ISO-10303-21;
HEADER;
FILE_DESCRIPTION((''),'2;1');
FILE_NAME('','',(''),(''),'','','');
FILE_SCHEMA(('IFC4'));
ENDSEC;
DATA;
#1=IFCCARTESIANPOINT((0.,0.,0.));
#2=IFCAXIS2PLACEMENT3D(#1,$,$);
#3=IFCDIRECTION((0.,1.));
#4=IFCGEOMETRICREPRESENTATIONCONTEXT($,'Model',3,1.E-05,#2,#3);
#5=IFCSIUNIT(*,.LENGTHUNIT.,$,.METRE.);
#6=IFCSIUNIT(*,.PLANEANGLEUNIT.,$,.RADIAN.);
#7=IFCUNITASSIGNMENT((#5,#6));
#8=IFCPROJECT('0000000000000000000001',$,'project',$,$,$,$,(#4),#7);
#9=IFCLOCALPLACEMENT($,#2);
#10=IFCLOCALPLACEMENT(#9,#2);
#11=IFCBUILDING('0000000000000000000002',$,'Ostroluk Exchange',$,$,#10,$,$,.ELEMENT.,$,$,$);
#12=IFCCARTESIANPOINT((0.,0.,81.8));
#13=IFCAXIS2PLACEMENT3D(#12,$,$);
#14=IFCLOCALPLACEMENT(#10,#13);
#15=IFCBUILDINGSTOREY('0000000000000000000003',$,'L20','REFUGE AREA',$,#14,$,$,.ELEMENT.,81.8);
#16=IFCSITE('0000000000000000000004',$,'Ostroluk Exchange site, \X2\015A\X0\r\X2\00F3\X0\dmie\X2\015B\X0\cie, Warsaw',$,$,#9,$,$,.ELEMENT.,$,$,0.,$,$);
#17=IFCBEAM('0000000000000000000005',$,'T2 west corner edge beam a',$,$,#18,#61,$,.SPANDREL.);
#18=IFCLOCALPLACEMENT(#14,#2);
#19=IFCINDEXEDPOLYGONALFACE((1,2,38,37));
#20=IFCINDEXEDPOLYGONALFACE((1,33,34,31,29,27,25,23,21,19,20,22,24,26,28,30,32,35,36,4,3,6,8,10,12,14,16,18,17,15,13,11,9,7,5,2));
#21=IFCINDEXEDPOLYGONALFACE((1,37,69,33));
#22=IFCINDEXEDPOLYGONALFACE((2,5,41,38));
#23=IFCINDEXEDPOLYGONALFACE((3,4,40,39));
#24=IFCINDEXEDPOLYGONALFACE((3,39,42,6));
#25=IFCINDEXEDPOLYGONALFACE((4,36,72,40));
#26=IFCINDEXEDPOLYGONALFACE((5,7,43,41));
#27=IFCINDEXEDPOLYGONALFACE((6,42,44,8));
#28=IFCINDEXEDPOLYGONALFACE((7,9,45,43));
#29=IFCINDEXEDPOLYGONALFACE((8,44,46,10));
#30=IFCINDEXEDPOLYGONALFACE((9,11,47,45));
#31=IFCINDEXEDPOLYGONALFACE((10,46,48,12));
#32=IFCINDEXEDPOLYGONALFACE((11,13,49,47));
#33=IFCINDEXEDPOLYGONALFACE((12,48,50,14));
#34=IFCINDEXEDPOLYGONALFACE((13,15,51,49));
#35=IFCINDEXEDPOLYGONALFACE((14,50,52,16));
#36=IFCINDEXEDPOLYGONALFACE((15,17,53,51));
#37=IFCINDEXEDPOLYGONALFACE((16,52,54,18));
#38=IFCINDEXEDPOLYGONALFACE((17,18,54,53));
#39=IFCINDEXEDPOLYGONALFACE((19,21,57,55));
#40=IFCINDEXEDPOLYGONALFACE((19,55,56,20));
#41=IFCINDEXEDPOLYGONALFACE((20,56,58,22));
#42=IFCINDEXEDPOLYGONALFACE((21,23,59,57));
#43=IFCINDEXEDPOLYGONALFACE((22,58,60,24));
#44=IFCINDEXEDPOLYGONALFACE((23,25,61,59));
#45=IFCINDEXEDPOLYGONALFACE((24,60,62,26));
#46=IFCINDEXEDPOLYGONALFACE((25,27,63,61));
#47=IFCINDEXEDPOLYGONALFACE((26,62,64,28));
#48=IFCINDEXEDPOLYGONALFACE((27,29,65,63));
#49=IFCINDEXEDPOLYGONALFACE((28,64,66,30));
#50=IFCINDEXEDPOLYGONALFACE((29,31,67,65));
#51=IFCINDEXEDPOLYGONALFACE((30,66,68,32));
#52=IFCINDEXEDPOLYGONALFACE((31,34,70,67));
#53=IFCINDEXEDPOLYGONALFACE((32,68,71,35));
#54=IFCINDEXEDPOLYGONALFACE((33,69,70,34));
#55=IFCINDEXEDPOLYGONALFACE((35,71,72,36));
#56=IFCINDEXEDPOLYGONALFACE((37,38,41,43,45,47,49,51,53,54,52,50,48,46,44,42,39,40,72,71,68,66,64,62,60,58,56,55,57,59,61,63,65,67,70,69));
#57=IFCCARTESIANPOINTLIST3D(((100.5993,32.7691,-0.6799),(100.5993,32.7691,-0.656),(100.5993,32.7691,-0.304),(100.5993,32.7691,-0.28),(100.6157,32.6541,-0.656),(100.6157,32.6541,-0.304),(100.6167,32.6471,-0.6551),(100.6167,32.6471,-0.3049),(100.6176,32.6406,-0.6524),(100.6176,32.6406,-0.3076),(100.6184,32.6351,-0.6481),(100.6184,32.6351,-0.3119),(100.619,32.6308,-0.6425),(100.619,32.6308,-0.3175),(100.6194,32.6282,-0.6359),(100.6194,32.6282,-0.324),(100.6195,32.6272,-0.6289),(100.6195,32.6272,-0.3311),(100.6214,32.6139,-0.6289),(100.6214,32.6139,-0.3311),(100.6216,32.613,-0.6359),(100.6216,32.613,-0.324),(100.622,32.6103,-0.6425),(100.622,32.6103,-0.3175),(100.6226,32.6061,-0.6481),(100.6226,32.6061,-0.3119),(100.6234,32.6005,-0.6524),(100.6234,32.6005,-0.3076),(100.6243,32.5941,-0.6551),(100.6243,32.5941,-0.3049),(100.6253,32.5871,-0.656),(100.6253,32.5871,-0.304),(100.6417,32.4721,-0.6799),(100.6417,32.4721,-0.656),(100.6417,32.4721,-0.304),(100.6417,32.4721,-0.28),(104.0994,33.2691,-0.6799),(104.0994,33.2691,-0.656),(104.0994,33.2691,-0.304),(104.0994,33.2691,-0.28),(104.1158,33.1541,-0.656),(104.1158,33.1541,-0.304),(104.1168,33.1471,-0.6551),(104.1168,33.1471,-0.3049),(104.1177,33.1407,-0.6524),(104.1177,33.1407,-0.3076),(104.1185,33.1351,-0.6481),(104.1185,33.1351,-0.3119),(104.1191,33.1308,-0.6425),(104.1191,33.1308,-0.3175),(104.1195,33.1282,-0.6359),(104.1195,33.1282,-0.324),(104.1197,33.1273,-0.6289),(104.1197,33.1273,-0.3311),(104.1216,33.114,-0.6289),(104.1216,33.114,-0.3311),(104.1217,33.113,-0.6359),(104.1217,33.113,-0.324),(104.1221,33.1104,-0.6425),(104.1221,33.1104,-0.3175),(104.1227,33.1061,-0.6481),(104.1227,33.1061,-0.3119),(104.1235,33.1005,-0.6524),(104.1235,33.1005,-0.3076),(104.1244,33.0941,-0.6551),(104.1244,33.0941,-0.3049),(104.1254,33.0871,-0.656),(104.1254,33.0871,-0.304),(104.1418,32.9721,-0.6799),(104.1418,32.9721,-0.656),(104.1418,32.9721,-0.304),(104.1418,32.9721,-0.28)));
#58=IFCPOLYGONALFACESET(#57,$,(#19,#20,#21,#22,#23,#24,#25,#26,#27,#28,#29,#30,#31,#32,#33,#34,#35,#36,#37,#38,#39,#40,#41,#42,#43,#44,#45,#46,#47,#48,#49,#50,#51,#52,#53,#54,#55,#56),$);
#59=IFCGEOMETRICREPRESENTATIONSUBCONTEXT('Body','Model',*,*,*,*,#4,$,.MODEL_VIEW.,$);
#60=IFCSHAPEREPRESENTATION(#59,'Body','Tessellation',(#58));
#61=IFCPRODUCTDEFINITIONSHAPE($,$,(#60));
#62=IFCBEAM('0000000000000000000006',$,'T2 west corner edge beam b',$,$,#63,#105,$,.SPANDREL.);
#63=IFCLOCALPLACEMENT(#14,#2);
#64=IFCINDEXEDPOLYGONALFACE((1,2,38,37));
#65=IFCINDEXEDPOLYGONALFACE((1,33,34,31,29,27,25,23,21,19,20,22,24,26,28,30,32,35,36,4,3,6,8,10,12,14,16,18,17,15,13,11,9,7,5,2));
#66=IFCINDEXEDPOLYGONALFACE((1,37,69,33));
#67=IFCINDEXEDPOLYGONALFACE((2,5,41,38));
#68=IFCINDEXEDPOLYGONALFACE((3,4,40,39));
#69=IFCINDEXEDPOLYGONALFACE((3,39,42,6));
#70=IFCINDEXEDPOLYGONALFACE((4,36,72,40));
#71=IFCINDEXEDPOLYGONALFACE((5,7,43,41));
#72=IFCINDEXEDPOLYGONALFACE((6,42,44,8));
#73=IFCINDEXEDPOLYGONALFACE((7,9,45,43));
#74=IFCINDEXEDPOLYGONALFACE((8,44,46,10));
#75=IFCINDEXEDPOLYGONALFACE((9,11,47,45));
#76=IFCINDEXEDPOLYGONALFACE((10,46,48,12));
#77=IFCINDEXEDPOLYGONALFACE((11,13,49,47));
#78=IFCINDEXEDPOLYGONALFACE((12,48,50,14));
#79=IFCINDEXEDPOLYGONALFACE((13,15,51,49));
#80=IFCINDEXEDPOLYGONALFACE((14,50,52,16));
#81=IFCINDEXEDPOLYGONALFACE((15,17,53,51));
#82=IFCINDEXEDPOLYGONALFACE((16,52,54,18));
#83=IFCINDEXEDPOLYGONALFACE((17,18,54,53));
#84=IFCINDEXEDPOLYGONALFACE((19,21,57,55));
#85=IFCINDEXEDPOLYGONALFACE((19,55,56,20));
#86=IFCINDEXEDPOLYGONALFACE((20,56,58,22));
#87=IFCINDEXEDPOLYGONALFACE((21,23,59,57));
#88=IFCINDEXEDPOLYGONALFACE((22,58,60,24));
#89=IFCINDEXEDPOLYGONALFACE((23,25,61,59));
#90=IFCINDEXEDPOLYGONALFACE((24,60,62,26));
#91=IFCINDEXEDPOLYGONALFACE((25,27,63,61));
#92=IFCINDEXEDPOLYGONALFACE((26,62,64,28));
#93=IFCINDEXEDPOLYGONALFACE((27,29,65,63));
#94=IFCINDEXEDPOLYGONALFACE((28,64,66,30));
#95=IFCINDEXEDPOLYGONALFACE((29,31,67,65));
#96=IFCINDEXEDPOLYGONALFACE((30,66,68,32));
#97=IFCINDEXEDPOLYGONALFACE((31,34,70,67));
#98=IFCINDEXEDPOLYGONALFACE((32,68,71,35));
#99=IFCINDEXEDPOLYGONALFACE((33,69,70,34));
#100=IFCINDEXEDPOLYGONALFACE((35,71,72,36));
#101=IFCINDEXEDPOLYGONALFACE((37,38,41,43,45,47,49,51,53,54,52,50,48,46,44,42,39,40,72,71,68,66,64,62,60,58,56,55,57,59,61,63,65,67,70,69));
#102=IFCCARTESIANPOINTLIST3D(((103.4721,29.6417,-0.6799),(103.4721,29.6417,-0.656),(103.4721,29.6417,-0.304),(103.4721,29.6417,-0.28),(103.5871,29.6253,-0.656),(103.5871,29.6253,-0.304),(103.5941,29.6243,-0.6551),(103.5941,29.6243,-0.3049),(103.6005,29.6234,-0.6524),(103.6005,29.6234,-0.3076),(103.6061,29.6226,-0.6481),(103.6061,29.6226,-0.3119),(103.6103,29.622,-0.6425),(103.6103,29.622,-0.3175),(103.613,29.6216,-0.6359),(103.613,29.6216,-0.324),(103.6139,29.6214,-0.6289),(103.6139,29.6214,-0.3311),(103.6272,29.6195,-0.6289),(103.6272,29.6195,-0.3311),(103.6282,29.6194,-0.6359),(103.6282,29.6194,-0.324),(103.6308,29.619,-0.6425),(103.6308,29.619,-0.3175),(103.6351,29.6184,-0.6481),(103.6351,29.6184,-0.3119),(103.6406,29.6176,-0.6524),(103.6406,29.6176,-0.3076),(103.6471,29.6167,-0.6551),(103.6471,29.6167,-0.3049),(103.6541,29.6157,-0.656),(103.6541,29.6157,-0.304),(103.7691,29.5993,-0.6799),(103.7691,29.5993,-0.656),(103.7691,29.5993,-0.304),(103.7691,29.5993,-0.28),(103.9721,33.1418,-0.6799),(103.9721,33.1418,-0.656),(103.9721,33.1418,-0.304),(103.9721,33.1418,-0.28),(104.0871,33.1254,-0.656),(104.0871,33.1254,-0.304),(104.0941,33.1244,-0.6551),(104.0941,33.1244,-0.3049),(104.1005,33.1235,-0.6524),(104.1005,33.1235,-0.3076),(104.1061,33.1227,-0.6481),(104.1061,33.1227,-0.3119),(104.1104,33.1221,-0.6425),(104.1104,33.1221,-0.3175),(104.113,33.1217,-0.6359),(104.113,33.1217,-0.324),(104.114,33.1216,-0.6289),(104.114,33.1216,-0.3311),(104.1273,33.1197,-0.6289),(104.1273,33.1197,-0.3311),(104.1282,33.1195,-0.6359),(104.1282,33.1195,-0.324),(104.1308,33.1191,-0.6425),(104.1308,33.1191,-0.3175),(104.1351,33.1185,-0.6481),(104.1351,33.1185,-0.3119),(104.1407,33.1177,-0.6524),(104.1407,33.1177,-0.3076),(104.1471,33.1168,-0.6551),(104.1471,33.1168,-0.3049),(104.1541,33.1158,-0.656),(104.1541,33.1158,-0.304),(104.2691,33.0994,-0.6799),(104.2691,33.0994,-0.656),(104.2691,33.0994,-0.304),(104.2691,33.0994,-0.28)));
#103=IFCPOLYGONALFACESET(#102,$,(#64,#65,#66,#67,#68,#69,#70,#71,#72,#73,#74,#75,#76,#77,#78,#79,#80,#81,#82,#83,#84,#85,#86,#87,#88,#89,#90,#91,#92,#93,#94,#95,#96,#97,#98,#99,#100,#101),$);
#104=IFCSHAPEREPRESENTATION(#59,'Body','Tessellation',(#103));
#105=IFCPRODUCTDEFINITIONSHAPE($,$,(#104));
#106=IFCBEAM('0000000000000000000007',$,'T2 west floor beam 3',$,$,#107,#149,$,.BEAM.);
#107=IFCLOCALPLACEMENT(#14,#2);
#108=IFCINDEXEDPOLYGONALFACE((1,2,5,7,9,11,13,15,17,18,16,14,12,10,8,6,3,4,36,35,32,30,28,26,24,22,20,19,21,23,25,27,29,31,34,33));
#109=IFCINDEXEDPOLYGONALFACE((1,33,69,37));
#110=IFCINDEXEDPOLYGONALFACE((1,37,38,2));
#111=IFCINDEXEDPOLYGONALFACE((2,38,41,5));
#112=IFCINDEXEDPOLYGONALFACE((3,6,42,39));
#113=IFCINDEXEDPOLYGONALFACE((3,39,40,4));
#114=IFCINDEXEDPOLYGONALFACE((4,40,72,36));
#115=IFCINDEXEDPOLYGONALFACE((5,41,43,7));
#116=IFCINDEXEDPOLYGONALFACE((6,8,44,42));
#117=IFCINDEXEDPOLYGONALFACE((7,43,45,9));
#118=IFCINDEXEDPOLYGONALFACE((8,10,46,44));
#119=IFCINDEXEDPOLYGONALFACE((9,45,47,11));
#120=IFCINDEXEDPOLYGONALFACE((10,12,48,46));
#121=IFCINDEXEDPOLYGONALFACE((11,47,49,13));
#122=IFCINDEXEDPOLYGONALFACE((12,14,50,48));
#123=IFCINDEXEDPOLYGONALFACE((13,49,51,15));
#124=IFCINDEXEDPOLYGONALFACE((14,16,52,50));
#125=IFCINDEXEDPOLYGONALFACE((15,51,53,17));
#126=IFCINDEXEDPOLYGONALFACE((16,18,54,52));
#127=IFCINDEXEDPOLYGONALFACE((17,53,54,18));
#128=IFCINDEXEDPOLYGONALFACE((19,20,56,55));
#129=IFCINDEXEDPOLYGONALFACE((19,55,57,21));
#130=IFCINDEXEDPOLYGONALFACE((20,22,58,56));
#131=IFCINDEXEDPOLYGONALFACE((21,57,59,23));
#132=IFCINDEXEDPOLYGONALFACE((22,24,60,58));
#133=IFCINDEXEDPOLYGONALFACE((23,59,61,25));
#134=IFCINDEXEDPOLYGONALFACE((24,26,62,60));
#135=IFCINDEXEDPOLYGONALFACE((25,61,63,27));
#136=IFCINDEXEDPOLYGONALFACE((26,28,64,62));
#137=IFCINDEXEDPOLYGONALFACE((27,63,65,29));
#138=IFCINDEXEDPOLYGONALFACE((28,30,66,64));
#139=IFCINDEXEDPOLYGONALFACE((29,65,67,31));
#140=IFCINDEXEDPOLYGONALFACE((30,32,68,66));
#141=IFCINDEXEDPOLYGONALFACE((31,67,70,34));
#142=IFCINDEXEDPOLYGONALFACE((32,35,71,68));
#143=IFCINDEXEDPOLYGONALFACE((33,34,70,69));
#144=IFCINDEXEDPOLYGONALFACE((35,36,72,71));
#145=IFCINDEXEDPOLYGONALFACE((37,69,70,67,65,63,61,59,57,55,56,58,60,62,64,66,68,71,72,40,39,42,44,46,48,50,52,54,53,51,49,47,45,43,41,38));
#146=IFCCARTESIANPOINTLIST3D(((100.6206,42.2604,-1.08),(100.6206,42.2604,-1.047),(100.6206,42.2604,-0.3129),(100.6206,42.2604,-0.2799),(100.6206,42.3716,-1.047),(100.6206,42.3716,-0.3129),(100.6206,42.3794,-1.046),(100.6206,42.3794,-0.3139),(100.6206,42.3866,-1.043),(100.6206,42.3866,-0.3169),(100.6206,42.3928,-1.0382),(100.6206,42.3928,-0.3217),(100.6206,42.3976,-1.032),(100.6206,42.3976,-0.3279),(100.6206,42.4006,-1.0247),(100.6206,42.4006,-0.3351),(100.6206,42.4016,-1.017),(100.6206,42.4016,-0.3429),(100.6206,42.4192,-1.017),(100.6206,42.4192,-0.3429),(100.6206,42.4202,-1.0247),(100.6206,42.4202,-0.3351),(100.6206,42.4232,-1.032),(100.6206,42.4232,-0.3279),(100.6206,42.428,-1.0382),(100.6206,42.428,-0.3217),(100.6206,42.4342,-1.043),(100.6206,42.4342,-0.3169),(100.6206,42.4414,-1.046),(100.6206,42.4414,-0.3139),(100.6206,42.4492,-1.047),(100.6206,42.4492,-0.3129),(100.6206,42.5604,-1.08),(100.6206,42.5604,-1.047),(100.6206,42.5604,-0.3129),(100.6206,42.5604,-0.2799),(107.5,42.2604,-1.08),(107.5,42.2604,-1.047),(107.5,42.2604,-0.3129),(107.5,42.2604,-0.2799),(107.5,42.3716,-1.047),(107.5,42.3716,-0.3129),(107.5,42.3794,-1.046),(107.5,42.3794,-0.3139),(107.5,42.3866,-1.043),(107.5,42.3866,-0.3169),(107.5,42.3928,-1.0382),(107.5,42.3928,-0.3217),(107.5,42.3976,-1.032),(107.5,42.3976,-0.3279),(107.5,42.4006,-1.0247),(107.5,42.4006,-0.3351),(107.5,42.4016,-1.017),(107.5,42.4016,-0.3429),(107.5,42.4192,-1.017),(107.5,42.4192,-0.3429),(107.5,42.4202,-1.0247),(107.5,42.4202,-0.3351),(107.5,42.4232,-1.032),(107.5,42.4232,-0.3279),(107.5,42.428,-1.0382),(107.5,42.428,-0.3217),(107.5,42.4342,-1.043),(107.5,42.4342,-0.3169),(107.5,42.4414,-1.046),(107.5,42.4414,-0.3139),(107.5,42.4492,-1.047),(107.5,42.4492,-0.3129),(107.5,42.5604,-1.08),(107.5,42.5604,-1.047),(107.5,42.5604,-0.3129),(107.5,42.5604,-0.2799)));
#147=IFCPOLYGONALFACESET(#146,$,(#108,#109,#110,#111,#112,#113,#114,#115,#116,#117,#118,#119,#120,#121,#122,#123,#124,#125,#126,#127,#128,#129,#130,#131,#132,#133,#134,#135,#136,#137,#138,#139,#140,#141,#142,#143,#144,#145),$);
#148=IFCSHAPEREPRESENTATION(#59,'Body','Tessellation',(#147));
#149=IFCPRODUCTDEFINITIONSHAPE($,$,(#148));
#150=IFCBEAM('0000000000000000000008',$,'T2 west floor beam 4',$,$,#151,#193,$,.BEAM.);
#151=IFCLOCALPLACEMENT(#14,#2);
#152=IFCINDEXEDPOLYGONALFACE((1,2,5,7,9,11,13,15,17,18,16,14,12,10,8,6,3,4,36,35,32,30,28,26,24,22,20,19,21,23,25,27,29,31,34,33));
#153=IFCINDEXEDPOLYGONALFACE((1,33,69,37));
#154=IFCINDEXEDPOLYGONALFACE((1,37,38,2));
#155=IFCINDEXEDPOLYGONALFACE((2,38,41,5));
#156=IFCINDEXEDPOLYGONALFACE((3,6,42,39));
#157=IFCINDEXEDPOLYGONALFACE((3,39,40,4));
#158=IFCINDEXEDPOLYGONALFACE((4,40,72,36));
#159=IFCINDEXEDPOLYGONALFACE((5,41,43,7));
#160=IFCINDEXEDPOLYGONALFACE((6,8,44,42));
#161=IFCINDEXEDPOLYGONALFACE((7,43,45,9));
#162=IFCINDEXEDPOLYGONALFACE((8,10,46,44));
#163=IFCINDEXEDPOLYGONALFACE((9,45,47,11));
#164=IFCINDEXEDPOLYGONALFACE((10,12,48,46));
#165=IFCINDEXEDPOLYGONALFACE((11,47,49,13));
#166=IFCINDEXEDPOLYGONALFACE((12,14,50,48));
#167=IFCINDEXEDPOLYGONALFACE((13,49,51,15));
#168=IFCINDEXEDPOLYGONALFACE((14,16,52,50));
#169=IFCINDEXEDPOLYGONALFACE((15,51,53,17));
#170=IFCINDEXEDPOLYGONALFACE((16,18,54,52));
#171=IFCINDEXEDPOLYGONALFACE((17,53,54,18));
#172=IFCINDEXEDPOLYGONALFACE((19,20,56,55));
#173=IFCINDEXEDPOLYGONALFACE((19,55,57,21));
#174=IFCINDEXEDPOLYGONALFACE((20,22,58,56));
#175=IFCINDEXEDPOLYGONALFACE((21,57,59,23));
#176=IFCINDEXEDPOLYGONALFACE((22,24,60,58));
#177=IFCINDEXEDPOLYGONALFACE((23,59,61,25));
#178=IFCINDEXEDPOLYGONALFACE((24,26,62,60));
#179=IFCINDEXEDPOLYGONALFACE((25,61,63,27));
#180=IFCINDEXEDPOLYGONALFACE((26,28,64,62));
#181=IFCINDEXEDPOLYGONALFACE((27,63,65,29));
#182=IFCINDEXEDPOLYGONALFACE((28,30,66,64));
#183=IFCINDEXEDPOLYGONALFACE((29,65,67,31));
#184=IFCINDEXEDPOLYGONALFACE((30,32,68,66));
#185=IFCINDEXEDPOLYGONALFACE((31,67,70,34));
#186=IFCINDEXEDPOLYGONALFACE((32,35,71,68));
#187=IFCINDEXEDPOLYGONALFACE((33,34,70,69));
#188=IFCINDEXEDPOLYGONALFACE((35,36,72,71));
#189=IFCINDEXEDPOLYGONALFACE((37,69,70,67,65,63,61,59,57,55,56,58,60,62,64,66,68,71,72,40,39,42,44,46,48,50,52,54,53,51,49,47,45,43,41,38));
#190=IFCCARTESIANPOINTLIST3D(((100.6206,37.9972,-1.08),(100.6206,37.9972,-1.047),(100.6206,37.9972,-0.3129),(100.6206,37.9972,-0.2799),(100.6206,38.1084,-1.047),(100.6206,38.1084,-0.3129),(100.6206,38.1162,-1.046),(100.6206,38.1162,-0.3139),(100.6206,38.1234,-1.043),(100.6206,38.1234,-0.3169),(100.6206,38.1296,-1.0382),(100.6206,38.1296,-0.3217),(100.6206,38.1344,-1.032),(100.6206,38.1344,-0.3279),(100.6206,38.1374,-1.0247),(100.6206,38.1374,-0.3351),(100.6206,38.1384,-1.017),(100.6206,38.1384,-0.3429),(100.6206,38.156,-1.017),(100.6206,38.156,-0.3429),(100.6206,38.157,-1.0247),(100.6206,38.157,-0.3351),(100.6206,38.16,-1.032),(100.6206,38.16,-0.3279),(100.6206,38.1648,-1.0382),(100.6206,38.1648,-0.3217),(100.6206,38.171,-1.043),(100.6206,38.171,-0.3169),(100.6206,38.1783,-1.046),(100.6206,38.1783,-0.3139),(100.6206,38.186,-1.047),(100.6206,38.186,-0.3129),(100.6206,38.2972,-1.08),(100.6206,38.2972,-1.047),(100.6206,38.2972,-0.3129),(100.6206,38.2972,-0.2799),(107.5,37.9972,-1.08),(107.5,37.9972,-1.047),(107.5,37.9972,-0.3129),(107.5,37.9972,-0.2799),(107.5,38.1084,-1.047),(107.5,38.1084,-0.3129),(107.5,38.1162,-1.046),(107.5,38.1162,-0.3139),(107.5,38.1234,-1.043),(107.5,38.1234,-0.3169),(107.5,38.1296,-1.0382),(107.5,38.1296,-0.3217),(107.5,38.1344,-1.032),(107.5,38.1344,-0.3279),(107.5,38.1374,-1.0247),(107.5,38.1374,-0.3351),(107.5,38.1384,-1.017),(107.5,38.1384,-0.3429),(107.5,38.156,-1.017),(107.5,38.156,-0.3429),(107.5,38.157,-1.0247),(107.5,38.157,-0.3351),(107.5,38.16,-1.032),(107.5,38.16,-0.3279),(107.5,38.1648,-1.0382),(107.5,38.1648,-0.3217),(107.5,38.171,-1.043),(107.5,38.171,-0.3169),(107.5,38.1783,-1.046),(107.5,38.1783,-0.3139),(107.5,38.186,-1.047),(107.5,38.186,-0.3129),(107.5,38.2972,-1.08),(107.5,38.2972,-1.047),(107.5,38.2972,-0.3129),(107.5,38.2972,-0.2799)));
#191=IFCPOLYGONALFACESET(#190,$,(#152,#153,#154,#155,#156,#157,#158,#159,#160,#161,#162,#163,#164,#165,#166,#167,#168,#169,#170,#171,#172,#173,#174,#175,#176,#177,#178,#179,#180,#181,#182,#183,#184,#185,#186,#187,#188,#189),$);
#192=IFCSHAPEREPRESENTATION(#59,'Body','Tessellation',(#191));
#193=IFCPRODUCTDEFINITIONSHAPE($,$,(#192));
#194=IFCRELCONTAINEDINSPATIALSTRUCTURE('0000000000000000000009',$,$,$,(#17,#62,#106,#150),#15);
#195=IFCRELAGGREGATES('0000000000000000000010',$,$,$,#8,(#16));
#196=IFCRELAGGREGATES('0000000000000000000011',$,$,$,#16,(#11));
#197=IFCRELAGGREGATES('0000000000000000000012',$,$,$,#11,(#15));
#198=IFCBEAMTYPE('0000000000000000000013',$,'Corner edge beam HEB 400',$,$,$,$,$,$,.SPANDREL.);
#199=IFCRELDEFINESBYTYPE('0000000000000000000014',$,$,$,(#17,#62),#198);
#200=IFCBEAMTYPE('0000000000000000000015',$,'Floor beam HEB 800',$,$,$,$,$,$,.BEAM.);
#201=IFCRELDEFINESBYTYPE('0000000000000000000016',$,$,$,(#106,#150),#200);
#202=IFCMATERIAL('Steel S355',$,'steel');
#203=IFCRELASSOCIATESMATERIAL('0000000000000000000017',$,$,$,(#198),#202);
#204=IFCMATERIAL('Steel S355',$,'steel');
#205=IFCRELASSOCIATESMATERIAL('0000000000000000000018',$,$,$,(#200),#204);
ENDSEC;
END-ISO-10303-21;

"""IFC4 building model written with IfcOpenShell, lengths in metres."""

from ifc_helpers import new_model, si_unit, direction, frame, origin, origin_2d, place, context, subcontext, project, spatial, i_section, extrude, material, material_profile, profile_set, type_object, element, save


model = new_model("IFC4")

# Units and contexts
model_context = context("Model", 3, precision=1e-05, world=origin(), true_north=direction((0.0, 1.0)))
body_context = subcontext(model_context, "Body", "Model", "MODEL_VIEW")
ifc_project = project(units=[si_unit("LENGTHUNIT", "METRE"), si_unit("PLANEANGLEUNIT", "RADIAN")], contexts=[model_context])

# Site, building, storey
site_placement = place(None, origin())
site = spatial("IfcSite", under=ifc_project, at=site_placement, Name="Ostroluk Exchange site, Śródmieście, Warsaw", CompositionType="ELEMENT", RefElevation=0.0)
building_placement = place(site_placement, origin())
building = spatial("IfcBuilding", under=site, at=building_placement, Name="Ostroluk Exchange", CompositionType="ELEMENT")
storey_placement = place(building_placement, frame((0.0, 0.0, 81.8)))
storey = spatial("IfcBuildingStorey", under=building, at=storey_placement, Name="L20", Description="REFUGE AREA", CompositionType="ELEMENT", Elevation=81.8)

# Beams
ifc_material_1 = material(Name="Steel S355", Category="steel")
ifc_material_profile_1 = material_profile(ifc_material_1, i_section(OverallWidth=0.3, OverallDepth=0.3999, WebThickness=0.0134, FlangeThickness=0.0239, FilletRadius=0.0271, at=origin_2d()), Name="HEB 400")
ifc_profile_set_1 = profile_set([ifc_material_profile_1], Name="Steel S355")
beam_type_1 = type_object("IfcBeamType", Name="Corner edge beam HEB 400", PredefinedType="SPANDREL", material=ifc_profile_set_1)
for number, where, z_axis, x_axis, name in (
    (1, (104.1206, 33.1206, -0.48), (-0.989949, -0.141421, 0.0), (0.141421, -0.989949, 0.0), "T2 west corner edge beam a"),
    (2, (104.1206, 33.1206, -0.48), (-0.141421, -0.989949, 0.0), (0.989949, -0.141421, 0.0), "T2 west corner edge beam b"),
):
    element("IfcBeam", number, at=place(storey_placement, frame(where, z_axis=z_axis, x_axis=x_axis)), inside=storey, type_object=beam_type_1, Name=name, PredefinedType="SPANDREL", context=body_context, shape_type="SweptSolid", body=[
        extrude(i_section(OverallWidth=0.3, OverallDepth=0.3999, WebThickness=0.0134, FlangeThickness=0.0239, FilletRadius=0.0271, at=origin_2d()), origin(), (0.0, 0.0, 1.0), 3.5356),
    ])
ifc_material_2 = material(Name="Steel S355", Category="steel")
ifc_material_profile_2 = material_profile(ifc_material_2, i_section(OverallWidth=0.3, OverallDepth=0.8, WebThickness=0.0176, FlangeThickness=0.033, FilletRadius=0.03, at=origin_2d()), Name="HEB 800")
ifc_profile_set_2 = profile_set([ifc_material_profile_2], Name="Steel S355")
beam_type_2 = type_object("IfcBeamType", Name="Floor beam HEB 800", PredefinedType="BEAM", material=ifc_profile_set_2)
for number, where, z_axis, x_axis, name in (
    (3, (107.5, 42.4104, -0.6799), (-1.0, 0.0, 0.0), (0.0, -1.0, 0.0), "T2 west floor beam 3"),
    (4, (107.5, 38.1472, -0.6799), (-1.0, 0.0, 0.0), (0.0, -1.0, 0.0), "T2 west floor beam 4"),
):
    element("IfcBeam", number, at=place(storey_placement, frame(where, z_axis=z_axis, x_axis=x_axis)), inside=storey, type_object=beam_type_2, Name=name, PredefinedType="BEAM", context=body_context, shape_type="SweptSolid", body=[
        extrude(i_section(OverallWidth=0.3, OverallDepth=0.8, WebThickness=0.0176, FlangeThickness=0.033, FilletRadius=0.03, at=origin_2d()), origin(), (0.0, 0.0, 1.0), 6.8794),
    ])

save(model, "model.ifc")
